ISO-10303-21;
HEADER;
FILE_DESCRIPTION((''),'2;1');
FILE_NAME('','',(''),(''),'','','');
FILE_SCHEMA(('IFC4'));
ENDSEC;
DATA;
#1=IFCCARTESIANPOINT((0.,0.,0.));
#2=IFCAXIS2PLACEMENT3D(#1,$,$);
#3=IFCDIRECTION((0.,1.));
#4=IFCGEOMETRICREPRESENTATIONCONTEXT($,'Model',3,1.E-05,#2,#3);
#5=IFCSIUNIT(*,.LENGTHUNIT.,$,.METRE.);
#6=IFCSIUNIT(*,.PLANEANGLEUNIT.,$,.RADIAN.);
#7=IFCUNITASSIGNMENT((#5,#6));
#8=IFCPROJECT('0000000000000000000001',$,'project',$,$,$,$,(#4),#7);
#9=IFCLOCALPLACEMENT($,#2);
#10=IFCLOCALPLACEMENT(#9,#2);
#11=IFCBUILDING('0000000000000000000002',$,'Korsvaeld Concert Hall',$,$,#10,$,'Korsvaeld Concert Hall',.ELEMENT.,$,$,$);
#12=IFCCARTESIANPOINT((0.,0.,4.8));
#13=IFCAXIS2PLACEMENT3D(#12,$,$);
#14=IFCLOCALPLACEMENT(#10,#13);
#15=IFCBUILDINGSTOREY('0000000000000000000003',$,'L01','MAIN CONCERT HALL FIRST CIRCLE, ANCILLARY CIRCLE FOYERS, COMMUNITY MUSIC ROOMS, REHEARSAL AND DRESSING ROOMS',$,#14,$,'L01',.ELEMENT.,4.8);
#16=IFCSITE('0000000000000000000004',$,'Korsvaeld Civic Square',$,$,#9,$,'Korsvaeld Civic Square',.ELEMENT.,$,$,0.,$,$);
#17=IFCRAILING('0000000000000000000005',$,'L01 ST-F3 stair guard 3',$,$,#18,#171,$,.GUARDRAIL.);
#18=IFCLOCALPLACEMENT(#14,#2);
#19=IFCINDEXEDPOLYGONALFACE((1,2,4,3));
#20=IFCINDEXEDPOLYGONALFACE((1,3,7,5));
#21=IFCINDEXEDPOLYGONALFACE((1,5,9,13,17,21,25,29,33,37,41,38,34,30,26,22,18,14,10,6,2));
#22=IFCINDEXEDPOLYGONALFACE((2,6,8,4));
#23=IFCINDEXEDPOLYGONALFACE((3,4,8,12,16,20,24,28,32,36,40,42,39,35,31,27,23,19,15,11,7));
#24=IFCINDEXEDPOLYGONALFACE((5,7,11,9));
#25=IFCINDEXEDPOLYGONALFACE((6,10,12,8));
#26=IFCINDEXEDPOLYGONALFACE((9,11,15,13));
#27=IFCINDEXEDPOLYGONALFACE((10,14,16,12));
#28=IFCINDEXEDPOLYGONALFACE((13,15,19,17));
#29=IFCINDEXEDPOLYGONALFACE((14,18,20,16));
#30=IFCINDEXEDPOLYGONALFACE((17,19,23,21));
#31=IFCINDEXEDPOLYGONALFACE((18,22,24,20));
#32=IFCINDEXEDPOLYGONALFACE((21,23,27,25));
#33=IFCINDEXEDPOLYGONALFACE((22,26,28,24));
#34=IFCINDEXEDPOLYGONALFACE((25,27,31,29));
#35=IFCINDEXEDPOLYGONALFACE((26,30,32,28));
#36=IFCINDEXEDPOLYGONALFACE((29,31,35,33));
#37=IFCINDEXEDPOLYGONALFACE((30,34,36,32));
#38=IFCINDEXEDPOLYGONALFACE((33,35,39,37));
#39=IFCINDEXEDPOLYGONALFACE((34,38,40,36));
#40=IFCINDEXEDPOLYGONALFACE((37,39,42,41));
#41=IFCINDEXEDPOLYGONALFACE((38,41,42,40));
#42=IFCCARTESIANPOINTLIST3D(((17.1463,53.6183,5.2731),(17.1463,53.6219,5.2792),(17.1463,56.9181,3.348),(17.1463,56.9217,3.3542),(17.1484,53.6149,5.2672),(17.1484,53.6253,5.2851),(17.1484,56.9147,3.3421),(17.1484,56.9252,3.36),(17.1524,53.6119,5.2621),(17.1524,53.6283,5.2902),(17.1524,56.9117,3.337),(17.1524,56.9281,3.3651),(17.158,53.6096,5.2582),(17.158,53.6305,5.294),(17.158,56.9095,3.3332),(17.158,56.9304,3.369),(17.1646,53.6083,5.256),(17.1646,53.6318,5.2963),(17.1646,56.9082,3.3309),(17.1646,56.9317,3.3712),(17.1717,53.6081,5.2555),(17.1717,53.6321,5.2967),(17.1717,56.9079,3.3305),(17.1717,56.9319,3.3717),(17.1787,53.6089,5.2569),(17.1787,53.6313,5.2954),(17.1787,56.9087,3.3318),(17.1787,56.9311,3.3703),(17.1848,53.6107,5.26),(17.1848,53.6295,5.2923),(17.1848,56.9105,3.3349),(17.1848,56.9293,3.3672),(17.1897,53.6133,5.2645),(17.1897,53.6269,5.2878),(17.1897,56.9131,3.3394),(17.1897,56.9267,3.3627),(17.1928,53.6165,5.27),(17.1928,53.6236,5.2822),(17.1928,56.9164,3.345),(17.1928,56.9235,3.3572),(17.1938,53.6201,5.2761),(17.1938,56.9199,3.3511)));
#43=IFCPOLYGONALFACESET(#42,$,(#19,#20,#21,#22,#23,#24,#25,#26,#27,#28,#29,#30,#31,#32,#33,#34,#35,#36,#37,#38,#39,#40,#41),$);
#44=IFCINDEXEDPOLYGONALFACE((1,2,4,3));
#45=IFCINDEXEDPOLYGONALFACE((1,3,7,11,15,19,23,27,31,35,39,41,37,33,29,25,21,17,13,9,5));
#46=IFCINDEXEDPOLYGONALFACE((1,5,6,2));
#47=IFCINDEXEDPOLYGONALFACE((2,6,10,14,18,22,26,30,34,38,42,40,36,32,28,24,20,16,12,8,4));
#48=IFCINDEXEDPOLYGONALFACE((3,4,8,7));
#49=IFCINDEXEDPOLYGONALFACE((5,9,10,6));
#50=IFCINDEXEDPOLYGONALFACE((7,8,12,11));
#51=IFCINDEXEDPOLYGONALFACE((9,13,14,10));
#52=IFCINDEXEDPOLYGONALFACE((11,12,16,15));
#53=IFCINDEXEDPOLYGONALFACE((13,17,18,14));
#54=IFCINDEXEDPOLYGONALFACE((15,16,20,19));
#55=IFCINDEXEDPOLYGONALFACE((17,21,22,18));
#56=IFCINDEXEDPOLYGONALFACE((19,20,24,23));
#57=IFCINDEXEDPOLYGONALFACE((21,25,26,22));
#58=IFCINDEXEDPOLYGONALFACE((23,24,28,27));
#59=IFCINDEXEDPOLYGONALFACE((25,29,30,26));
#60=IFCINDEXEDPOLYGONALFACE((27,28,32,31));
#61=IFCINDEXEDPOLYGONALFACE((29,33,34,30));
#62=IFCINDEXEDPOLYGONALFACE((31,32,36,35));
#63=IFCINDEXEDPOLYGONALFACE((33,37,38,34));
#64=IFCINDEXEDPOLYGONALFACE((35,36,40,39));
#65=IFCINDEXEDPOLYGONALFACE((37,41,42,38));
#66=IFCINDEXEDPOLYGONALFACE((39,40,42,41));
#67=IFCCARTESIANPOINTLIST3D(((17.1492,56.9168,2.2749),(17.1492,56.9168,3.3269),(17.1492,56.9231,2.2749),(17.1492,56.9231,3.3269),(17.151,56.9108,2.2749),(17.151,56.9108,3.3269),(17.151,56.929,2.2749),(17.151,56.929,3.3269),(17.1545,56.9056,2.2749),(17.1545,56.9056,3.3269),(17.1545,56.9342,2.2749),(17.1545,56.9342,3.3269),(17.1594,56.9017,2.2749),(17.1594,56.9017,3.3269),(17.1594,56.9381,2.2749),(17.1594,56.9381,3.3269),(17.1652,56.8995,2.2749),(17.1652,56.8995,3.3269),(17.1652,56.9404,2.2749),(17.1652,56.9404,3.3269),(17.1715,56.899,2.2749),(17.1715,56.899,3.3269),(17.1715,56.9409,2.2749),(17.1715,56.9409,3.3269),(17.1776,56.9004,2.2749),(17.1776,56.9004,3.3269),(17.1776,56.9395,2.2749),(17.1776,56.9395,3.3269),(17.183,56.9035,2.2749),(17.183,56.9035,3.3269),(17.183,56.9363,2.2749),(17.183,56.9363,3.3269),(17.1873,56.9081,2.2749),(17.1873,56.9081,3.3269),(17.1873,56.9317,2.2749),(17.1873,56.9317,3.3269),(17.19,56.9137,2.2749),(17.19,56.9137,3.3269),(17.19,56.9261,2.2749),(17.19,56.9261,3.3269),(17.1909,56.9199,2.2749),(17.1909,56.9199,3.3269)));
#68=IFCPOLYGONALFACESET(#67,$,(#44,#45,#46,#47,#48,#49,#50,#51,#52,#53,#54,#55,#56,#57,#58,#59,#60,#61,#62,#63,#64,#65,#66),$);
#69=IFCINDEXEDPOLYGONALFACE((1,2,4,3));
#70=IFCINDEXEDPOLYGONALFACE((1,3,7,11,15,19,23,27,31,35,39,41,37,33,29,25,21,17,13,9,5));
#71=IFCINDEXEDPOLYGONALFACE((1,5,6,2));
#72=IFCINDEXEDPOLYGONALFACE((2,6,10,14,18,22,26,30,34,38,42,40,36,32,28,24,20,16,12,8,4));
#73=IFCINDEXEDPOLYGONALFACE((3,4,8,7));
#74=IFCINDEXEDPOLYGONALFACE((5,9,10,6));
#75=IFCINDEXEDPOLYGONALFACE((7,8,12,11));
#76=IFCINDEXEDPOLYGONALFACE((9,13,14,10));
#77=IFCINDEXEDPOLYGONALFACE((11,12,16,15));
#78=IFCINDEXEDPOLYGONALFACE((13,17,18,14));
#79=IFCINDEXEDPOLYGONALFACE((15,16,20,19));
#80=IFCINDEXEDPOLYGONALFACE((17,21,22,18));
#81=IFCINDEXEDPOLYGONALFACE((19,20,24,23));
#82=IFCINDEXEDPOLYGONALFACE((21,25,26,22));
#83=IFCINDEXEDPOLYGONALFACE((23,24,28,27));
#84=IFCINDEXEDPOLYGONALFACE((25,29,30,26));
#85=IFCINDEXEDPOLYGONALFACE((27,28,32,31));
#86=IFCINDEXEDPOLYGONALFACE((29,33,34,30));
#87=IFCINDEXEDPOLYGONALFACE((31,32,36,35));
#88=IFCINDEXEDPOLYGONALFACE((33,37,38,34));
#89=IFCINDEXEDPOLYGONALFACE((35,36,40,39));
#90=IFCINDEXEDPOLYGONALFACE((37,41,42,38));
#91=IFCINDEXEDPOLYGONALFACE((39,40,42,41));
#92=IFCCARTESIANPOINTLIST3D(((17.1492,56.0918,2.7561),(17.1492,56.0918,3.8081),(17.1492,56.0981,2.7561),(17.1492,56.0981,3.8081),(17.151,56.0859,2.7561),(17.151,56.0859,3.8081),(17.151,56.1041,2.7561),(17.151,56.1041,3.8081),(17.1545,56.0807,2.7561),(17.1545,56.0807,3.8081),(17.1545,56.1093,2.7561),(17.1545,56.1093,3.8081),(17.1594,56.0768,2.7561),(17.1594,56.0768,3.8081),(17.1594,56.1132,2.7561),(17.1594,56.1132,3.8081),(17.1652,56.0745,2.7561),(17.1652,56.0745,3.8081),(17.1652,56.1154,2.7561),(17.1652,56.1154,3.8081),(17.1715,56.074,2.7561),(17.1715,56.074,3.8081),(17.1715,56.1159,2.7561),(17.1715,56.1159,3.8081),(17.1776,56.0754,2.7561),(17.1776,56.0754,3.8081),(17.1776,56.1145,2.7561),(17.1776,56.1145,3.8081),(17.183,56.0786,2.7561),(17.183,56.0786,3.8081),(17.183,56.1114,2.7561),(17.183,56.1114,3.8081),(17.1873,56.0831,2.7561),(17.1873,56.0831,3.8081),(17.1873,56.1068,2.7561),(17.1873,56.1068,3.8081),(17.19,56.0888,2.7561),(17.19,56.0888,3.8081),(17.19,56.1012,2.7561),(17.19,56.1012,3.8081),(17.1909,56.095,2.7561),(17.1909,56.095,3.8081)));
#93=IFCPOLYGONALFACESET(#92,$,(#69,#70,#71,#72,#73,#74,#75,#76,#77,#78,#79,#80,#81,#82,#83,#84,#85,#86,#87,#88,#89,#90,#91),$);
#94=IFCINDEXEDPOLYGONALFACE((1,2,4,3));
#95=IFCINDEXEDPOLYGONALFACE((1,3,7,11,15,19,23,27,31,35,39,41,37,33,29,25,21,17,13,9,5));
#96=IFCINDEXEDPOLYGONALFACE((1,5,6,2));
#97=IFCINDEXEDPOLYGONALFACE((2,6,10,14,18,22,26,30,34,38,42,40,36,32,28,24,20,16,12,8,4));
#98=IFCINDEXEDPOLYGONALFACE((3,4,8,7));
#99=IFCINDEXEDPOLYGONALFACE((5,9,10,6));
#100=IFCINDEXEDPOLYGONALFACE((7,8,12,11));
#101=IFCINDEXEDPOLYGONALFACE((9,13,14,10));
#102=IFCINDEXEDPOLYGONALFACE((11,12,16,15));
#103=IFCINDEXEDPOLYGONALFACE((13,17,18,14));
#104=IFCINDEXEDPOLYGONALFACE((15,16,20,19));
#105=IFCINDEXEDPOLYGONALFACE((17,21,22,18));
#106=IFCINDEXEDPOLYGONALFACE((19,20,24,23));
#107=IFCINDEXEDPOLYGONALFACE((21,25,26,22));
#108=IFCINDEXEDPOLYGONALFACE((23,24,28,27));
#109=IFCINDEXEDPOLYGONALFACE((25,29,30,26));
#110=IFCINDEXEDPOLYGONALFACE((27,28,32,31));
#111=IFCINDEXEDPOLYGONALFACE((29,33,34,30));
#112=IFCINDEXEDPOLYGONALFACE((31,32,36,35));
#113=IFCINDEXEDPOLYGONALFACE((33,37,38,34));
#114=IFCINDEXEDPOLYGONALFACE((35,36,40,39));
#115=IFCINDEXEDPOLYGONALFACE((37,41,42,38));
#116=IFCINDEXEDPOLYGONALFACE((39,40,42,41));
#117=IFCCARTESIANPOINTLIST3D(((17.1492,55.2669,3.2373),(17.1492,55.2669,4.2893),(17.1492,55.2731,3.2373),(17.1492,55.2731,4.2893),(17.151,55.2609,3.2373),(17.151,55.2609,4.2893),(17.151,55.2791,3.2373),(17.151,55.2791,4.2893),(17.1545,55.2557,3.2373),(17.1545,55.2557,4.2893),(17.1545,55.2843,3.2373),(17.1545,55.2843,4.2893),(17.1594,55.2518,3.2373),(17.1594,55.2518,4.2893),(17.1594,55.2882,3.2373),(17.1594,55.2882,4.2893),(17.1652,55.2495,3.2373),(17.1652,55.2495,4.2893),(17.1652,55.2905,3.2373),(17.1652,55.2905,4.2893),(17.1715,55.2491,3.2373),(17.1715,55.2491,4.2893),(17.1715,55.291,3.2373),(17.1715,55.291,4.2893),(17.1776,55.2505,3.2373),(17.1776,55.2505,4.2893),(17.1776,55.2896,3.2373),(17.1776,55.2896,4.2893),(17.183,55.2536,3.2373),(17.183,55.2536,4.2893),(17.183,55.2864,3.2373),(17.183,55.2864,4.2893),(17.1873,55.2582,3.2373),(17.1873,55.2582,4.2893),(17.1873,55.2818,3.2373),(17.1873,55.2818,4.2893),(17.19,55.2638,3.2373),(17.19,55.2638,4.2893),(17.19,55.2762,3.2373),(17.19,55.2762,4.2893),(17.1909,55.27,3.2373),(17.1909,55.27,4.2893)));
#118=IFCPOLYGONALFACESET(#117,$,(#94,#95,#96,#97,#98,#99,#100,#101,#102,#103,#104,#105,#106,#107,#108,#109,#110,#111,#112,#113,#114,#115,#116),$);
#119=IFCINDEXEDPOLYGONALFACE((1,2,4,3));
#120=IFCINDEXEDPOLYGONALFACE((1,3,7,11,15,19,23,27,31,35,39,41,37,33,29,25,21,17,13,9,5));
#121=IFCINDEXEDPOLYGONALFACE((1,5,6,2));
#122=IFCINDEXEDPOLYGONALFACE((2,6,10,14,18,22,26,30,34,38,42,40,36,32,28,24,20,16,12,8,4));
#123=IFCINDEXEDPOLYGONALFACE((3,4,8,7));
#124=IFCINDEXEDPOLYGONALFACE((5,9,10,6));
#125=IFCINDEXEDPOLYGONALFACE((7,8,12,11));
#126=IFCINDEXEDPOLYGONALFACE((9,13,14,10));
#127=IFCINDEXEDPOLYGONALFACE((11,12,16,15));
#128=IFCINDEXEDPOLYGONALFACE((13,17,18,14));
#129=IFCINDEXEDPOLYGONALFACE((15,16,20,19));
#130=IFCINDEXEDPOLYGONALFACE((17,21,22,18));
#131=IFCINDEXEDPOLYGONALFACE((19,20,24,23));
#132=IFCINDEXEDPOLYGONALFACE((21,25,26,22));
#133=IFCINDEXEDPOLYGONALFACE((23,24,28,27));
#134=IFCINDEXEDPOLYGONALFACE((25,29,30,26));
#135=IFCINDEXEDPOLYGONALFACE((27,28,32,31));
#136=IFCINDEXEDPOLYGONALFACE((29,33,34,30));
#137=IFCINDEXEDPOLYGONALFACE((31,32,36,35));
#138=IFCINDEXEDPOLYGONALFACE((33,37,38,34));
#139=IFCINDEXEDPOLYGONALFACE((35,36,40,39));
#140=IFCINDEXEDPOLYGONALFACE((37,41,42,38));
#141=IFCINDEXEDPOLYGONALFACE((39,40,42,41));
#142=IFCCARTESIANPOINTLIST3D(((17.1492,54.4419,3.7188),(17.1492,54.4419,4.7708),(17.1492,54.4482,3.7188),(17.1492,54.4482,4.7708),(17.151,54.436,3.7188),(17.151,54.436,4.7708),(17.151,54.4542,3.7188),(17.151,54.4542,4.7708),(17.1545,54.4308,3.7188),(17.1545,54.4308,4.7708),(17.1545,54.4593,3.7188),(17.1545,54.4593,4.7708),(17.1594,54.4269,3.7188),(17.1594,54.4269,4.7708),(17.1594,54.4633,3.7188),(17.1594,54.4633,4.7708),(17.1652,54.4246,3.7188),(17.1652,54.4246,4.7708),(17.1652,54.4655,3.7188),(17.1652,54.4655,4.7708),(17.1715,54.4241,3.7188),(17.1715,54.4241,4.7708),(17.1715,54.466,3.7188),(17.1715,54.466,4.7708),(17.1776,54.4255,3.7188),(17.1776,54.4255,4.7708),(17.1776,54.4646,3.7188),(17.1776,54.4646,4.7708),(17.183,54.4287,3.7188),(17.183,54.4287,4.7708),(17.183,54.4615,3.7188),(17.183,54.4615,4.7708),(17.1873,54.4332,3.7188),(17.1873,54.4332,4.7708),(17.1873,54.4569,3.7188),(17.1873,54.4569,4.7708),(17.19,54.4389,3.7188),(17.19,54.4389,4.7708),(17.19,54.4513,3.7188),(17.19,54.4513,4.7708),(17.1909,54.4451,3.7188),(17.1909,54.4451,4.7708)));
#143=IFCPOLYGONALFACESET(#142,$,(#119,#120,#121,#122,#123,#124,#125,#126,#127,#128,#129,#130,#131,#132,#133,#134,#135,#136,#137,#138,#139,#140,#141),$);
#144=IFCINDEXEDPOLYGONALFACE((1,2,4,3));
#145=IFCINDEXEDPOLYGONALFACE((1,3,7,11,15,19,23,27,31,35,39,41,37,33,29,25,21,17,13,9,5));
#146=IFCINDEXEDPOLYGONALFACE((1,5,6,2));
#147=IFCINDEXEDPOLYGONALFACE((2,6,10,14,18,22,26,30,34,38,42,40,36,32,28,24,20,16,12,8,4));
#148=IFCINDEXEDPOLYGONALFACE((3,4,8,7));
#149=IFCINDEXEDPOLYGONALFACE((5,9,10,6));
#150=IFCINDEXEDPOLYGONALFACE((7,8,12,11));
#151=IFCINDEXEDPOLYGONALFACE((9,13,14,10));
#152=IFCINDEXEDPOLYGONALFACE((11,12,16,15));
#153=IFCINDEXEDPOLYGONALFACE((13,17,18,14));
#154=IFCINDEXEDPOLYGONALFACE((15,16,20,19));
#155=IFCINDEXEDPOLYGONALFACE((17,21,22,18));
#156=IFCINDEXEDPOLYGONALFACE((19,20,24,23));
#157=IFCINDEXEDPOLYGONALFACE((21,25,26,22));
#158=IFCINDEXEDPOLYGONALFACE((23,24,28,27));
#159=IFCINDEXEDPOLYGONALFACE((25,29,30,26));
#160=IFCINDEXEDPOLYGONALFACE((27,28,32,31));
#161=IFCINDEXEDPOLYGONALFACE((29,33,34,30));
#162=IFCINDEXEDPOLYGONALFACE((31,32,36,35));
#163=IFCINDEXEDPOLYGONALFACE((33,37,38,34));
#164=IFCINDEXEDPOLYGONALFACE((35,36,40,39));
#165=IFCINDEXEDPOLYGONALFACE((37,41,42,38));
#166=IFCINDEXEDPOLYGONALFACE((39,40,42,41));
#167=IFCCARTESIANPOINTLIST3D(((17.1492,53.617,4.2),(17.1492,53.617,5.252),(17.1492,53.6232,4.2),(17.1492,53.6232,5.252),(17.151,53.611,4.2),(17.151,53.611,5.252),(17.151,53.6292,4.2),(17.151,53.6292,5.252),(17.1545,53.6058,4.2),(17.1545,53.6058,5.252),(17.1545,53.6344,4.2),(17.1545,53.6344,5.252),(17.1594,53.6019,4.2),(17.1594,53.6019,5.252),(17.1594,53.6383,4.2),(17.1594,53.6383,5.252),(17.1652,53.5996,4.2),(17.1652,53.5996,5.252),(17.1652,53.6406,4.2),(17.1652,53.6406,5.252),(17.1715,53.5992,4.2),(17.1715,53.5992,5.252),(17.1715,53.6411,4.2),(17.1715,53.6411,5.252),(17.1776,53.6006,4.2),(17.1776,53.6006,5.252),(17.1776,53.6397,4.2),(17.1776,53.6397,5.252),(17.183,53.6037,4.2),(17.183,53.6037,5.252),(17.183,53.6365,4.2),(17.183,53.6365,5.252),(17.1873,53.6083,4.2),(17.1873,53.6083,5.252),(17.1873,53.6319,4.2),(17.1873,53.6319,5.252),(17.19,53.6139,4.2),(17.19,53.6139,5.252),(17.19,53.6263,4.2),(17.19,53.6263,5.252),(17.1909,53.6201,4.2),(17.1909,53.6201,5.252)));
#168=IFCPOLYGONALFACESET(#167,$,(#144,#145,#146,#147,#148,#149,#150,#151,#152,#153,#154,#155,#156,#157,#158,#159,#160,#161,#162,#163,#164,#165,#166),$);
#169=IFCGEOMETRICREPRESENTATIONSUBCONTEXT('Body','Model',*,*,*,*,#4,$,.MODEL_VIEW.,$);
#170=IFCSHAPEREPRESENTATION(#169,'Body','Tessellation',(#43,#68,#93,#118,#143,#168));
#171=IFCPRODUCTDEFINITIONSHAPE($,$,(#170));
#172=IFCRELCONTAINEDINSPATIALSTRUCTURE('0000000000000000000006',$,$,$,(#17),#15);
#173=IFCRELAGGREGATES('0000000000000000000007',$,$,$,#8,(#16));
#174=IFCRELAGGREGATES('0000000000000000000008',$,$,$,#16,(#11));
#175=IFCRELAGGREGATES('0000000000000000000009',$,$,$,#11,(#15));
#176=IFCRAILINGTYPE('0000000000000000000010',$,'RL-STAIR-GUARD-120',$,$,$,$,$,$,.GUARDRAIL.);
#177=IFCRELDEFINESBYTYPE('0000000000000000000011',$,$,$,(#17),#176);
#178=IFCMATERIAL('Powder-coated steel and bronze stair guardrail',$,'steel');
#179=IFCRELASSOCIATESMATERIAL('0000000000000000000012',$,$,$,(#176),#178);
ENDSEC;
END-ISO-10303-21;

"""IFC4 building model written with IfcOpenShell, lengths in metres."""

from ifc_helpers import new_model, si_unit, direction, frame, origin, origin_2d, place, context, subcontext, project, spatial, circle, extrude, material, type_object, element, save


model = new_model("IFC4")

# Units and contexts
model_context = context("Model", 3, precision=1e-05, world=origin(), true_north=direction((0.0, 1.0)))
body_context = subcontext(model_context, "Body", "Model", "MODEL_VIEW")
ifc_project = project(units=[si_unit("LENGTHUNIT", "METRE"), si_unit("PLANEANGLEUNIT", "RADIAN")], contexts=[model_context])

# Site, building, storey
site_placement = place(None, origin())
site = spatial("IfcSite", under=ifc_project, at=site_placement, Name="Korsvaeld Civic Square", LongName="Korsvaeld Civic Square", CompositionType="ELEMENT", RefElevation=0.0)
building_placement = place(site_placement, origin())
building = spatial("IfcBuilding", under=site, at=building_placement, Name="Korsvaeld Concert Hall", LongName="Korsvaeld Concert Hall", CompositionType="ELEMENT")
storey_placement = place(building_placement, frame((0.0, 0.0, 4.8)))
storey = spatial("IfcBuildingStorey", under=building, at=storey_placement, Name="L01", Description="MAIN CONCERT HALL FIRST CIRCLE, ANCILLARY CIRCLE FOYERS, COMMUNITY MUSIC ROOMS, REHEARSAL AND DRESSING ROOMS", LongName="L01", CompositionType="ELEMENT", Elevation=4.8)

# Railing
ifc_material_1 = material(Name="Powder-coated steel and bronze stair guardrail", Category="steel")
railing_type_1 = type_object("IfcRailingType", Name="RL-STAIR-GUARD-120", PredefinedType="GUARDRAIL", material=ifc_material_1)
railing_1_placement = place(storey_placement, frame((17.1699, 56.9199, 2.2749)))
element("IfcRailing", 1, at=railing_1_placement, inside=storey, type_object=railing_type_1, Name="L01 ST-F3 stair guard 3", PredefinedType="GUARDRAIL", context=body_context, shape_type="SweptSolid", body=[
    extrude(circle(Radius=0.0239, at=origin_2d()), frame((0.0, 0.0, 1.0762), z_axis=(0.0, -0.86376, 0.503903), x_axis=(1.0, 0.0, 0.0)), (0.0, 0.0, 1.0), 3.8203),
    extrude(circle(Radius=0.021, at=origin_2d()), origin(), (0.0, 0.0, 1.0), 1.052),
    extrude(circle(Radius=0.021, at=origin_2d()), frame((0.0, -0.825, 0.4812)), (0.0, 0.0, 1.0), 1.052),
    extrude(circle(Radius=0.021, at=origin_2d()), frame((0.0, -1.6499, 0.9624)), (0.0, 0.0, 1.0), 1.052),
    extrude(circle(Radius=0.021, at=origin_2d()), frame((0.0, -2.4749, 1.4438)), (0.0, 0.0, 1.0), 1.052),
    extrude(circle(Radius=0.021, at=origin_2d()), frame((0.0, -3.2998, 1.925)), (0.0, 0.0, 1.0), 1.052),
])

save(model, "model.ifc")
